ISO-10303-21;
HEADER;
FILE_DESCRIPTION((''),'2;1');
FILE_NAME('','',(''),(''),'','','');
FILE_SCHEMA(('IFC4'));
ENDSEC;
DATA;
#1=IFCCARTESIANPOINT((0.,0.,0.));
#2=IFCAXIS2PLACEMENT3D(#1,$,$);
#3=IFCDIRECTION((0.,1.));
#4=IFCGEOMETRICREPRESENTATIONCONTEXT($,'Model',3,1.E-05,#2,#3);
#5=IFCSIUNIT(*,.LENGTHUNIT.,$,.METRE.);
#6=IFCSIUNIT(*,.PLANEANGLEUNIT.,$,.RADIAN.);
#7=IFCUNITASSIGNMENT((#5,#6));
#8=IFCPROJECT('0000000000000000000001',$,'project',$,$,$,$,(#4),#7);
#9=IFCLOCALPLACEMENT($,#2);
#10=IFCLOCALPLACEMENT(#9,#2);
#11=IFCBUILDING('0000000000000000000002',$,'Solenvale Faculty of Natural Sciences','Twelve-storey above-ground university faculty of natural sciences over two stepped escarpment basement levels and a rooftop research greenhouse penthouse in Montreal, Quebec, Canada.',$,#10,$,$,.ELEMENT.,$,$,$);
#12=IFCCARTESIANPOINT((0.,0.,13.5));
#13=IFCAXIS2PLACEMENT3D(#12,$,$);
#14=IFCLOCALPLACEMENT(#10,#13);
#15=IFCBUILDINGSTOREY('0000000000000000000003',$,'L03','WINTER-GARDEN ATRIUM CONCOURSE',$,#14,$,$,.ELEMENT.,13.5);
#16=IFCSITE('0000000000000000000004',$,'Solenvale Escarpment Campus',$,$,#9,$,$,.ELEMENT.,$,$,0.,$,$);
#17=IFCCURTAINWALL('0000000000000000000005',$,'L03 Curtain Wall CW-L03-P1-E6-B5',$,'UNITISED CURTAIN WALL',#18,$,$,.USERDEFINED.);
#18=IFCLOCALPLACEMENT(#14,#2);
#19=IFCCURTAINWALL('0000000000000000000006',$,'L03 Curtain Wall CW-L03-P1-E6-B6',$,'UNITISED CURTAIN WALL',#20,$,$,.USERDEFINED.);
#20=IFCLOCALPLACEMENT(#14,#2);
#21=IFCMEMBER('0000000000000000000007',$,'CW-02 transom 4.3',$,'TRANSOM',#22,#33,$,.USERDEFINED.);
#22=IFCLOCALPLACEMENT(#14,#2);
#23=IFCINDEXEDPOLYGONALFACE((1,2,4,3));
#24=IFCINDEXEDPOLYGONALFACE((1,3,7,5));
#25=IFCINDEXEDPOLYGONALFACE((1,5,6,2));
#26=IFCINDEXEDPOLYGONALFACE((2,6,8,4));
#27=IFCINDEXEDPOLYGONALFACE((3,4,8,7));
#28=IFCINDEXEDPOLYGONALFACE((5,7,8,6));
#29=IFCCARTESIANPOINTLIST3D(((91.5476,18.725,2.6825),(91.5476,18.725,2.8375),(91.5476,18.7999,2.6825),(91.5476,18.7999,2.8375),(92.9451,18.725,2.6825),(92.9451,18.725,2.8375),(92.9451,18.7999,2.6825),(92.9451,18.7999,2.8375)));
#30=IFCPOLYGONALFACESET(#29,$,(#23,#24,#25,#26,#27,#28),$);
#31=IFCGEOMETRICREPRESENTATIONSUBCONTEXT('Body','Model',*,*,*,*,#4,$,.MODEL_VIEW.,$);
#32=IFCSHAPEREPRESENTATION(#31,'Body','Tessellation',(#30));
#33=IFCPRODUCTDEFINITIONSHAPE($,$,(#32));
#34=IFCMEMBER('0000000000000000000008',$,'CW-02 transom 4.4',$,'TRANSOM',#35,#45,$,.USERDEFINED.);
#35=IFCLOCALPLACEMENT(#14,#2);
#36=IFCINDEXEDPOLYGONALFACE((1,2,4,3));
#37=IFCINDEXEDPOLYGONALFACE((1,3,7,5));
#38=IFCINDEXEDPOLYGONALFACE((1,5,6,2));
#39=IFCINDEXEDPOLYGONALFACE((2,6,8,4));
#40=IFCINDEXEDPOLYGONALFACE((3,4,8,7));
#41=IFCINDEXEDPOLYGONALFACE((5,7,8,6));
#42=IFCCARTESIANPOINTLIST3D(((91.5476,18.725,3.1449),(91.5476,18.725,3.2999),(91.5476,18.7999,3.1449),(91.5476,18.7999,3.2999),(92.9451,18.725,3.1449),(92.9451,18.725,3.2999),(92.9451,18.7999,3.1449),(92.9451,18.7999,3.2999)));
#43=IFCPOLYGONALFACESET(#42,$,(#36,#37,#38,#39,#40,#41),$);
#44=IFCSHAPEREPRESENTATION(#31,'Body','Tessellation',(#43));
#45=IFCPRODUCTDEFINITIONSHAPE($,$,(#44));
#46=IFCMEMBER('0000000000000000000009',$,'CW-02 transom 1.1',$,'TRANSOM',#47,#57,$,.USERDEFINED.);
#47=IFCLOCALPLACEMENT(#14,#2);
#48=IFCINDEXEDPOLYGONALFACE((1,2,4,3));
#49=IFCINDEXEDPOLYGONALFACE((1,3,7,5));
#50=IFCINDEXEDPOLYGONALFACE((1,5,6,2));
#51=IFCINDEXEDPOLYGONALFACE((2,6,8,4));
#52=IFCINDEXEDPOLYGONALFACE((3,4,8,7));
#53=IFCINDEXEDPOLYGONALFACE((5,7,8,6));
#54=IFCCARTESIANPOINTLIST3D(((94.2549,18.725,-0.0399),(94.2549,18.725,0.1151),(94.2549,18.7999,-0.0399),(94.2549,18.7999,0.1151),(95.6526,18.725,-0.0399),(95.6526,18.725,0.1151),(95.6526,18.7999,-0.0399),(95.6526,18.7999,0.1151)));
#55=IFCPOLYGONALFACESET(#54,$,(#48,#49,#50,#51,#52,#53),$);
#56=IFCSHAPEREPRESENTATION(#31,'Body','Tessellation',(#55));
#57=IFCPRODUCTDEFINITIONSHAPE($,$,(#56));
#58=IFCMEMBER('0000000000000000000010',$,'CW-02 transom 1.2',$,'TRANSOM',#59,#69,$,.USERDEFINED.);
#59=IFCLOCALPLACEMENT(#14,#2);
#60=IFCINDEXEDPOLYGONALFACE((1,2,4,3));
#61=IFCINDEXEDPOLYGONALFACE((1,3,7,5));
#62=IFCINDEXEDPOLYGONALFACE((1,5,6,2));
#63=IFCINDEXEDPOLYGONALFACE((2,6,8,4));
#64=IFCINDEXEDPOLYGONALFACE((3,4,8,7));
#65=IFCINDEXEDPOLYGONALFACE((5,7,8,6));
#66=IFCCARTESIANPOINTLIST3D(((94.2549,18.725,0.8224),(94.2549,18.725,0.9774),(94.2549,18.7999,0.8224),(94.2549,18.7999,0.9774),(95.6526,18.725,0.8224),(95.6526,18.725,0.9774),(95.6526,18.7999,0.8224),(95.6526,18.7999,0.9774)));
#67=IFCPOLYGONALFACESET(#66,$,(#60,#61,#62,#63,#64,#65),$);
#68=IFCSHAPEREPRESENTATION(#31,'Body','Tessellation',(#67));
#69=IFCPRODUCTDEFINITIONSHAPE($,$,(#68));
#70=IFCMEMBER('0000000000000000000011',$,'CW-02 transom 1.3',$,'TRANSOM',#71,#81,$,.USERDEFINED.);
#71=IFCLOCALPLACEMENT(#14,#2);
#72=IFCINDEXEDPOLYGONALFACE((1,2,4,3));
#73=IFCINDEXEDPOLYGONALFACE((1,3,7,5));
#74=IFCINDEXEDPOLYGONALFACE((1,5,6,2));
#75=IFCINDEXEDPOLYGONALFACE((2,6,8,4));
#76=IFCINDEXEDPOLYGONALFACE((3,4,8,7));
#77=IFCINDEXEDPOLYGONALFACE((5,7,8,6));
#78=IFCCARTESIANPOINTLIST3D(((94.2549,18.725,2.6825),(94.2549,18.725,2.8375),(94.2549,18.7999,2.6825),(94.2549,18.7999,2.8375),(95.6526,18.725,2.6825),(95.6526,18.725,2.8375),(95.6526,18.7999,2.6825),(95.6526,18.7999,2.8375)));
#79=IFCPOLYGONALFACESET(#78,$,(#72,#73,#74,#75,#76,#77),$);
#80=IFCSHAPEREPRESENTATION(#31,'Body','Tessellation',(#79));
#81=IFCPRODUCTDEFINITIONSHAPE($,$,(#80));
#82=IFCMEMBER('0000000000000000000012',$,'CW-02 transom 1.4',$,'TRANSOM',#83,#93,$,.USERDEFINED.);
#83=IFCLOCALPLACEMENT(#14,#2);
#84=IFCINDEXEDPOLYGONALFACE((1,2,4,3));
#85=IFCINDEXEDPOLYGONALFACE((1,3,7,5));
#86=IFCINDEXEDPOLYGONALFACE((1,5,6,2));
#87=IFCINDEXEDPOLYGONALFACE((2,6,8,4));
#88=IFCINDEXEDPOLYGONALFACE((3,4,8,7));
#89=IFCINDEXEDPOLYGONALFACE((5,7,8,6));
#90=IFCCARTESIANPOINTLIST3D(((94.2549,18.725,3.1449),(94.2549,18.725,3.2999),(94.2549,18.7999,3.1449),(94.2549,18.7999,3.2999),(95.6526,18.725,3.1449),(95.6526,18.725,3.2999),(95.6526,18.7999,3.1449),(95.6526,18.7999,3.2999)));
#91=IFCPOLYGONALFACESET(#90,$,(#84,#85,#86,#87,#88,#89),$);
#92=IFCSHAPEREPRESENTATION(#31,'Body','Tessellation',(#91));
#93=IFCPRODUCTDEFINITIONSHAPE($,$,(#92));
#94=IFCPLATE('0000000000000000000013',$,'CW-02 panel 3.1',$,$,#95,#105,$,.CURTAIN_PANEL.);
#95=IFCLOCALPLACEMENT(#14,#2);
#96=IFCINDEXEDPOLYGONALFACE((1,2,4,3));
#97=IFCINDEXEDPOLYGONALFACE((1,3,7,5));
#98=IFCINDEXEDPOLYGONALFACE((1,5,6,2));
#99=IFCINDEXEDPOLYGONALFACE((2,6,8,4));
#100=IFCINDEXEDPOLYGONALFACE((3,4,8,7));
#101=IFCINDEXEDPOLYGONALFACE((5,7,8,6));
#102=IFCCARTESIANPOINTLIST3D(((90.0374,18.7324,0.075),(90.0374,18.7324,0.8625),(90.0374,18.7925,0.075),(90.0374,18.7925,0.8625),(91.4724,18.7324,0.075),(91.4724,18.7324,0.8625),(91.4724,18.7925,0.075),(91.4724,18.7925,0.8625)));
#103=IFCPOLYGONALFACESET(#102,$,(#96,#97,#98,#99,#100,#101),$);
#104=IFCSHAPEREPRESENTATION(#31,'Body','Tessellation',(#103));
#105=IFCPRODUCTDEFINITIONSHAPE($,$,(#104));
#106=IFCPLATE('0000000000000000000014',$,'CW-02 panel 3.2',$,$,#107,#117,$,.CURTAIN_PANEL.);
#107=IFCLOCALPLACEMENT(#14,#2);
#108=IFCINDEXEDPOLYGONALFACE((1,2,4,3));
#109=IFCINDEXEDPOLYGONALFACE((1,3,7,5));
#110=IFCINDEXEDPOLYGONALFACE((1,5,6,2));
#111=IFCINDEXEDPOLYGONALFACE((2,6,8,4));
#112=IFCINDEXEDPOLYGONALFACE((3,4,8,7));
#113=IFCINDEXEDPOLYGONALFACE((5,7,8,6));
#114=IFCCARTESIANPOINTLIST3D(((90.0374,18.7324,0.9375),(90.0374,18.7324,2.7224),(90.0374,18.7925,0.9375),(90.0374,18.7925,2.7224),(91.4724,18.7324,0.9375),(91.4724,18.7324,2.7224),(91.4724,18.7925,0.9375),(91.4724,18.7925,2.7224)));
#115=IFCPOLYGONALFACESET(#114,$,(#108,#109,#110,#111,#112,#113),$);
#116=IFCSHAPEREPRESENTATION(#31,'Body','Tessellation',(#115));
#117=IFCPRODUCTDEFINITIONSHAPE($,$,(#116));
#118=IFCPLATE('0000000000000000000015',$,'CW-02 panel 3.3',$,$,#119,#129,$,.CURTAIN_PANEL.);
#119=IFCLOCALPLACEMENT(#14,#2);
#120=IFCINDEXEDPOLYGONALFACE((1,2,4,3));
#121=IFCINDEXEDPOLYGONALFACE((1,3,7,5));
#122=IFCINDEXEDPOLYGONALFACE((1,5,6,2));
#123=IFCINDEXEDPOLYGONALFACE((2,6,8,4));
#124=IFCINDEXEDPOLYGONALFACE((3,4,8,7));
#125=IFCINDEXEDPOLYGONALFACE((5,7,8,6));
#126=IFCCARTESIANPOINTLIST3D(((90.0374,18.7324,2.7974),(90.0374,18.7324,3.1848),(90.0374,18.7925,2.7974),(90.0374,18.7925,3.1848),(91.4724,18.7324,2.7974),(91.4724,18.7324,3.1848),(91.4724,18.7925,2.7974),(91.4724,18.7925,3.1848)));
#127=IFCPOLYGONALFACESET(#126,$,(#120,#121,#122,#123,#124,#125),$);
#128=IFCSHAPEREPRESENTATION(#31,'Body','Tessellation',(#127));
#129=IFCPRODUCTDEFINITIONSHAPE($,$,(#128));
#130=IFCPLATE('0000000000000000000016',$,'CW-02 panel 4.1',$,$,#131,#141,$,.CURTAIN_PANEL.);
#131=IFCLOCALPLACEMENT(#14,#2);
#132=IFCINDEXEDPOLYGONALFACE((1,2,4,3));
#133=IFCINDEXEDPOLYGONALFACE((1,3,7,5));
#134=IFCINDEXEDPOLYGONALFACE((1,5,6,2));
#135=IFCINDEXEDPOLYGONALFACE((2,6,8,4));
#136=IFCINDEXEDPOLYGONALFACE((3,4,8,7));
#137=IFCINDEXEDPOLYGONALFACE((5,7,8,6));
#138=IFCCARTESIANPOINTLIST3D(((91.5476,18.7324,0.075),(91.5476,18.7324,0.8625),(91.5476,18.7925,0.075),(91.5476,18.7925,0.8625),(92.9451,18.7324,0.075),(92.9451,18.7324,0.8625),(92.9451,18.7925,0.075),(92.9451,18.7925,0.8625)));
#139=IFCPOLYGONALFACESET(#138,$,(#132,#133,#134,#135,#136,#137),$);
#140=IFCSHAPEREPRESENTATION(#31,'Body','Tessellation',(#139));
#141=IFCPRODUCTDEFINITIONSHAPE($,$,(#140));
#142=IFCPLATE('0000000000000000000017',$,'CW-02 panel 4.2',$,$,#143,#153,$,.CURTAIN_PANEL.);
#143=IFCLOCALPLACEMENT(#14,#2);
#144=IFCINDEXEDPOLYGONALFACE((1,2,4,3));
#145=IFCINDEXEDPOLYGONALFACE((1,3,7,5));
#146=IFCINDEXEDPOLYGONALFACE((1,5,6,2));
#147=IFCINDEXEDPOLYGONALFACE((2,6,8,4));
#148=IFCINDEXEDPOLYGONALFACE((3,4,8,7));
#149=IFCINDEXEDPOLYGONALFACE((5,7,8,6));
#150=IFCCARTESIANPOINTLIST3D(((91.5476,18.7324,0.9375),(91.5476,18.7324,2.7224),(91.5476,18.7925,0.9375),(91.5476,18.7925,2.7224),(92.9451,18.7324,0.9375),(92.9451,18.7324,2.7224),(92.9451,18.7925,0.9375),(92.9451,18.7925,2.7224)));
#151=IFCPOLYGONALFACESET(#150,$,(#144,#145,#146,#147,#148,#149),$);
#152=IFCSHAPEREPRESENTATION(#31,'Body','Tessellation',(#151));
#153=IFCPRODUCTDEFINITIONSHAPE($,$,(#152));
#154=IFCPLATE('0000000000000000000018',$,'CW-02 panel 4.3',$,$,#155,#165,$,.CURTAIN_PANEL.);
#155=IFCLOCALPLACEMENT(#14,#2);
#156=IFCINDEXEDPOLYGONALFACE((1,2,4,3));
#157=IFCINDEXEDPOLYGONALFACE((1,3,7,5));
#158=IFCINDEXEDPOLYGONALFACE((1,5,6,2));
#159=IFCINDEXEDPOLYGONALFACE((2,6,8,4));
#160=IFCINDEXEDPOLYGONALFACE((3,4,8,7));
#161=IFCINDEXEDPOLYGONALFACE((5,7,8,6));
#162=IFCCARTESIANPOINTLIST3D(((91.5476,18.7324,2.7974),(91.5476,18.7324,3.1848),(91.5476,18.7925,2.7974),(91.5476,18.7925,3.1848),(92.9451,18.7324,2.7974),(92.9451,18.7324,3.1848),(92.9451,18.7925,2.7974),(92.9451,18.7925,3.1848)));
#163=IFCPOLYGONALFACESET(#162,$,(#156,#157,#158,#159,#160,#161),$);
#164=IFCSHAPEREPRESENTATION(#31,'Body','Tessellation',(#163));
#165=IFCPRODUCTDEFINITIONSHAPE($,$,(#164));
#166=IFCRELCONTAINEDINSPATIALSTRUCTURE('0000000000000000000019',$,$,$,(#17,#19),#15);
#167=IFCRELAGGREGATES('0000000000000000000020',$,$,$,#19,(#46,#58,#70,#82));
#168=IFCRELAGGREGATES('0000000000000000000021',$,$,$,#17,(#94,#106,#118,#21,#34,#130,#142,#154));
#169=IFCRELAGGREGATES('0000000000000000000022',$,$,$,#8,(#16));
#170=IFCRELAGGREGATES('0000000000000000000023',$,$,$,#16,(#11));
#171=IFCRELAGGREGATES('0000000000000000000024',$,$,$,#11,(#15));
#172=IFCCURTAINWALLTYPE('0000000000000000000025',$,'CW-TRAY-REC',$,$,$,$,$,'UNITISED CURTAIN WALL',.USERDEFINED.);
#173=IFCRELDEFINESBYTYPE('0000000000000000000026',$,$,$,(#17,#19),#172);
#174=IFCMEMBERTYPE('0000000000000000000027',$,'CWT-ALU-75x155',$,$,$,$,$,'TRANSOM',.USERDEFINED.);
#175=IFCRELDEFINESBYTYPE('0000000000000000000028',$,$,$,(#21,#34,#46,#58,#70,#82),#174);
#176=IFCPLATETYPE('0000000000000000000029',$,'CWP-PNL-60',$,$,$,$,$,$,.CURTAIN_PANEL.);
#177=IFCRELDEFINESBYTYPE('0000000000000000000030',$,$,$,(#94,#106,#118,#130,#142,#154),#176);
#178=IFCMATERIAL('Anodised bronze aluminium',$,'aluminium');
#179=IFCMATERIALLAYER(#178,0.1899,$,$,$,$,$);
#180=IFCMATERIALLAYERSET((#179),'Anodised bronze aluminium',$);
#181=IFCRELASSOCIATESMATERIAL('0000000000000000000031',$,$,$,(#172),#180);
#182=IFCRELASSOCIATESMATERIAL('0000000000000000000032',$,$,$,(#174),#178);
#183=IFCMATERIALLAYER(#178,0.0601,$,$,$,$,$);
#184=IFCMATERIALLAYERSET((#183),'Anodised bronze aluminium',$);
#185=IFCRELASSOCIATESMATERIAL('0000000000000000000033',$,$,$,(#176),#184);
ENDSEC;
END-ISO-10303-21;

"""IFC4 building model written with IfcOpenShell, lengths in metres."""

from ifc_helpers import new_model, si_unit, direction, frame, origin, origin_2d, place, context, subcontext, project, spatial, rectangle, extrude, material, layer, layer_set, material_profile, profile_set, type_object, element, aggregate, save


model = new_model("IFC4")

# Units and contexts
model_context = context("Model", 3, precision=1e-05, world=origin(), true_north=direction((0.0, 1.0)))
body_context = subcontext(model_context, "Body", "Model", "MODEL_VIEW")
ifc_project = project(units=[si_unit("LENGTHUNIT", "METRE"), si_unit("PLANEANGLEUNIT", "RADIAN")], contexts=[model_context])

# Site, building, storey
site_placement = place(None, origin())
site = spatial("IfcSite", under=ifc_project, at=site_placement, Name="Solenvale Escarpment Campus", CompositionType="ELEMENT", RefElevation=0.0)
building_placement = place(site_placement, origin())
building = spatial("IfcBuilding", under=site, at=building_placement, Name="Solenvale Faculty of Natural Sciences", Description="Twelve-storey above-ground university faculty of natural sciences over two stepped escarpment basement levels and a rooftop research greenhouse penthouse in Montreal, Quebec, Canada.", CompositionType="ELEMENT")
storey_placement = place(building_placement, frame((0.0, 0.0, 13.5)))
storey = spatial("IfcBuildingStorey", under=building, at=storey_placement, Name="L03", Description="WINTER-GARDEN ATRIUM CONCOURSE", CompositionType="ELEMENT", Elevation=13.5)

# Curtain wall
ifc_material_1 = material(Name="Anodised bronze aluminium", Category="aluminium")
ifc_layer_1 = layer(ifc_material_1, 0.1899)
ifc_layer_set_1 = layer_set([ifc_layer_1], Name="Anodised bronze aluminium")
curtain_wall_type = type_object("IfcCurtainWallType", Name="CW-TRAY-REC", ElementType="UNITISED CURTAIN WALL", PredefinedType="USERDEFINED", material=ifc_layer_set_1)
curtain_wall_1_placement = place(storey_placement, origin())
curtain_wall_1 = element("IfcCurtainWall", 1, at=curtain_wall_1_placement, inside=storey, type_object=curtain_wall_type, Name="L03 Curtain Wall CW-L03-P1-E6-B5", ObjectType="UNITISED CURTAIN WALL", PredefinedType="USERDEFINED")

# Curtain wall
curtain_wall_2_placement = place(storey_placement, origin())
curtain_wall_2 = element("IfcCurtainWall", 2, at=curtain_wall_2_placement, inside=storey, type_object=curtain_wall_type, Name="L03 Curtain Wall CW-L03-P1-E6-B6", ObjectType="UNITISED CURTAIN WALL", PredefinedType="USERDEFINED")

# Members
ifc_material_profile_1 = material_profile(ifc_material_1, rectangle(XDim=0.075, YDim=0.155, at=origin_2d()), Name="ALU-TRN-75x155")
ifc_profile_set_1 = profile_set([ifc_material_profile_1], Name="Anodised bronze aluminium")
member_type_1 = type_object("IfcMemberType", Name="CWT-ALU-75x155", ElementType="TRANSOM", PredefinedType="USERDEFINED", material=ifc_profile_set_1)
member_1_placement = place(storey_placement, frame((91.5476, 18.7625, 2.76), z_axis=(1.0, 0.0, 0.0), x_axis=(0.0, 1.0, 0.0)))
member_1 = element("IfcMember", 3, at=member_1_placement, type_object=member_type_1, Name="CW-02 transom 4.3", ObjectType="TRANSOM", PredefinedType="USERDEFINED", context=body_context, shape_type="SweptSolid", body=[
    extrude(rectangle(XDim=0.075, YDim=0.155, at=origin_2d()), origin(), (0.0, 0.0, 1.0), 1.3975),
])
member_2_placement = place(storey_placement, frame((91.5476, 18.7625, 3.2224), z_axis=(1.0, 0.0, 0.0), x_axis=(0.0, 1.0, 0.0)))
member_2 = element("IfcMember", 4, at=member_2_placement, type_object=member_type_1, Name="CW-02 transom 4.4", ObjectType="TRANSOM", PredefinedType="USERDEFINED", context=body_context, shape_type="SweptSolid", body=[
    extrude(rectangle(XDim=0.075, YDim=0.155, at=origin_2d()), origin(), (0.0, 0.0, 1.0), 1.3975),
])
member_3_placement = place(storey_placement, frame((94.2549, 18.7625, 0.0376), z_axis=(1.0, 0.0, 0.0), x_axis=(0.0, 1.0, 0.0)))
member_3 = element("IfcMember", 5, at=member_3_placement, type_object=member_type_1, Name="CW-02 transom 1.1", ObjectType="TRANSOM", PredefinedType="USERDEFINED", context=body_context, shape_type="SweptSolid", body=[
    extrude(rectangle(XDim=0.075, YDim=0.155, at=origin_2d()), origin(), (0.0, 0.0, 1.0), 1.3977),
])
member_4_placement = place(storey_placement, frame((94.2549, 18.7625, 0.8999), z_axis=(1.0, 0.0, 0.0), x_axis=(0.0, 1.0, 0.0)))
member_4 = element("IfcMember", 6, at=member_4_placement, type_object=member_type_1, Name="CW-02 transom 1.2", ObjectType="TRANSOM", PredefinedType="USERDEFINED", context=body_context, shape_type="SweptSolid", body=[
    extrude(rectangle(XDim=0.075, YDim=0.155, at=origin_2d()), origin(), (0.0, 0.0, 1.0), 1.3977),
])
member_5_placement = place(storey_placement, frame((94.2549, 18.7625, 2.76), z_axis=(1.0, 0.0, 0.0), x_axis=(0.0, 1.0, 0.0)))
member_5 = element("IfcMember", 7, at=member_5_placement, type_object=member_type_1, Name="CW-02 transom 1.3", ObjectType="TRANSOM", PredefinedType="USERDEFINED", context=body_context, shape_type="SweptSolid", body=[
    extrude(rectangle(XDim=0.075, YDim=0.155, at=origin_2d()), origin(), (0.0, 0.0, 1.0), 1.3977),
])
member_6_placement = place(storey_placement, frame((94.2549, 18.7625, 3.2224), z_axis=(1.0, 0.0, 0.0), x_axis=(0.0, 1.0, 0.0)))
member_6 = element("IfcMember", 8, at=member_6_placement, type_object=member_type_1, Name="CW-02 transom 1.4", ObjectType="TRANSOM", PredefinedType="USERDEFINED", context=body_context, shape_type="SweptSolid", body=[
    extrude(rectangle(XDim=0.075, YDim=0.155, at=origin_2d()), origin(), (0.0, 0.0, 1.0), 1.3977),
])
aggregate(curtain_wall_2, [member_3, member_4, member_5, member_6])

# Plates
ifc_layer_2 = layer(ifc_material_1, 0.0601)
ifc_layer_set_2 = layer_set([ifc_layer_2], Name="Anodised bronze aluminium")
plate_type = type_object("IfcPlateType", Name="CWP-PNL-60", PredefinedType="CURTAIN_PANEL", material=ifc_layer_set_2)
plate_1_placement = place(storey_placement, frame((90.7549, 18.7625, 0.075), z_axis=(0.0, 0.0, 1.0), x_axis=(1.0, 0.0, 0.0)))
plate_1 = element("IfcPlate", 9, at=plate_1_placement, type_object=plate_type, Name="CW-02 panel 3.1", PredefinedType="CURTAIN_PANEL", context=body_context, shape_type="SweptSolid", body=[
    extrude(rectangle(XDim=1.4351, YDim=0.0601, at=origin_2d()), origin(), (0.0, 0.0, 1.0), 0.7876),
])
plate_2_placement = place(storey_placement, frame((90.7549, 18.7625, 0.9375), z_axis=(0.0, 0.0, 1.0), x_axis=(1.0, 0.0, 0.0)))
plate_2 = element("IfcPlate", 10, at=plate_2_placement, type_object=plate_type, Name="CW-02 panel 3.2", PredefinedType="CURTAIN_PANEL", context=body_context, shape_type="SweptSolid", body=[
    extrude(rectangle(XDim=1.4351, YDim=0.0601, at=origin_2d()), origin(), (0.0, 0.0, 1.0), 1.7849),
])
plate_3_placement = place(storey_placement, frame((90.7549, 18.7625, 2.7974), z_axis=(0.0, 0.0, 1.0), x_axis=(1.0, 0.0, 0.0)))
plate_3 = element("IfcPlate", 11, at=plate_3_placement, type_object=plate_type, Name="CW-02 panel 3.3", PredefinedType="CURTAIN_PANEL", context=body_context, shape_type="SweptSolid", body=[
    extrude(rectangle(XDim=1.4351, YDim=0.0601, at=origin_2d()), origin(), (0.0, 0.0, 1.0), 0.3875),
])
plate_4_placement = place(storey_placement, frame((92.2463, 18.7625, 0.075), z_axis=(0.0, 0.0, 1.0), x_axis=(1.0, 0.0, 0.0)))
plate_4 = element("IfcPlate", 12, at=plate_4_placement, type_object=plate_type, Name="CW-02 panel 4.1", PredefinedType="CURTAIN_PANEL", context=body_context, shape_type="SweptSolid", body=[
    extrude(rectangle(XDim=1.3975, YDim=0.0601, at=origin_2d()), origin(), (0.0, 0.0, 1.0), 0.7876),
])
plate_5_placement = place(storey_placement, frame((92.2463, 18.7625, 0.9375), z_axis=(0.0, 0.0, 1.0), x_axis=(1.0, 0.0, 0.0)))
plate_5 = element("IfcPlate", 13, at=plate_5_placement, type_object=plate_type, Name="CW-02 panel 4.2", PredefinedType="CURTAIN_PANEL", context=body_context, shape_type="SweptSolid", body=[
    extrude(rectangle(XDim=1.3975, YDim=0.0601, at=origin_2d()), origin(), (0.0, 0.0, 1.0), 1.7849),
])
plate_6_placement = place(storey_placement, frame((92.2463, 18.7625, 2.7974), z_axis=(0.0, 0.0, 1.0), x_axis=(1.0, 0.0, 0.0)))
plate_6 = element("IfcPlate", 14, at=plate_6_placement, type_object=plate_type, Name="CW-02 panel 4.3", PredefinedType="CURTAIN_PANEL", context=body_context, shape_type="SweptSolid", body=[
    extrude(rectangle(XDim=1.3975, YDim=0.0601, at=origin_2d()), origin(), (0.0, 0.0, 1.0), 0.3875),
])
aggregate(curtain_wall_1, [plate_1, plate_2, plate_3, member_1, member_2, plate_4, plate_5, plate_6])

save(model, "model.ifc")
